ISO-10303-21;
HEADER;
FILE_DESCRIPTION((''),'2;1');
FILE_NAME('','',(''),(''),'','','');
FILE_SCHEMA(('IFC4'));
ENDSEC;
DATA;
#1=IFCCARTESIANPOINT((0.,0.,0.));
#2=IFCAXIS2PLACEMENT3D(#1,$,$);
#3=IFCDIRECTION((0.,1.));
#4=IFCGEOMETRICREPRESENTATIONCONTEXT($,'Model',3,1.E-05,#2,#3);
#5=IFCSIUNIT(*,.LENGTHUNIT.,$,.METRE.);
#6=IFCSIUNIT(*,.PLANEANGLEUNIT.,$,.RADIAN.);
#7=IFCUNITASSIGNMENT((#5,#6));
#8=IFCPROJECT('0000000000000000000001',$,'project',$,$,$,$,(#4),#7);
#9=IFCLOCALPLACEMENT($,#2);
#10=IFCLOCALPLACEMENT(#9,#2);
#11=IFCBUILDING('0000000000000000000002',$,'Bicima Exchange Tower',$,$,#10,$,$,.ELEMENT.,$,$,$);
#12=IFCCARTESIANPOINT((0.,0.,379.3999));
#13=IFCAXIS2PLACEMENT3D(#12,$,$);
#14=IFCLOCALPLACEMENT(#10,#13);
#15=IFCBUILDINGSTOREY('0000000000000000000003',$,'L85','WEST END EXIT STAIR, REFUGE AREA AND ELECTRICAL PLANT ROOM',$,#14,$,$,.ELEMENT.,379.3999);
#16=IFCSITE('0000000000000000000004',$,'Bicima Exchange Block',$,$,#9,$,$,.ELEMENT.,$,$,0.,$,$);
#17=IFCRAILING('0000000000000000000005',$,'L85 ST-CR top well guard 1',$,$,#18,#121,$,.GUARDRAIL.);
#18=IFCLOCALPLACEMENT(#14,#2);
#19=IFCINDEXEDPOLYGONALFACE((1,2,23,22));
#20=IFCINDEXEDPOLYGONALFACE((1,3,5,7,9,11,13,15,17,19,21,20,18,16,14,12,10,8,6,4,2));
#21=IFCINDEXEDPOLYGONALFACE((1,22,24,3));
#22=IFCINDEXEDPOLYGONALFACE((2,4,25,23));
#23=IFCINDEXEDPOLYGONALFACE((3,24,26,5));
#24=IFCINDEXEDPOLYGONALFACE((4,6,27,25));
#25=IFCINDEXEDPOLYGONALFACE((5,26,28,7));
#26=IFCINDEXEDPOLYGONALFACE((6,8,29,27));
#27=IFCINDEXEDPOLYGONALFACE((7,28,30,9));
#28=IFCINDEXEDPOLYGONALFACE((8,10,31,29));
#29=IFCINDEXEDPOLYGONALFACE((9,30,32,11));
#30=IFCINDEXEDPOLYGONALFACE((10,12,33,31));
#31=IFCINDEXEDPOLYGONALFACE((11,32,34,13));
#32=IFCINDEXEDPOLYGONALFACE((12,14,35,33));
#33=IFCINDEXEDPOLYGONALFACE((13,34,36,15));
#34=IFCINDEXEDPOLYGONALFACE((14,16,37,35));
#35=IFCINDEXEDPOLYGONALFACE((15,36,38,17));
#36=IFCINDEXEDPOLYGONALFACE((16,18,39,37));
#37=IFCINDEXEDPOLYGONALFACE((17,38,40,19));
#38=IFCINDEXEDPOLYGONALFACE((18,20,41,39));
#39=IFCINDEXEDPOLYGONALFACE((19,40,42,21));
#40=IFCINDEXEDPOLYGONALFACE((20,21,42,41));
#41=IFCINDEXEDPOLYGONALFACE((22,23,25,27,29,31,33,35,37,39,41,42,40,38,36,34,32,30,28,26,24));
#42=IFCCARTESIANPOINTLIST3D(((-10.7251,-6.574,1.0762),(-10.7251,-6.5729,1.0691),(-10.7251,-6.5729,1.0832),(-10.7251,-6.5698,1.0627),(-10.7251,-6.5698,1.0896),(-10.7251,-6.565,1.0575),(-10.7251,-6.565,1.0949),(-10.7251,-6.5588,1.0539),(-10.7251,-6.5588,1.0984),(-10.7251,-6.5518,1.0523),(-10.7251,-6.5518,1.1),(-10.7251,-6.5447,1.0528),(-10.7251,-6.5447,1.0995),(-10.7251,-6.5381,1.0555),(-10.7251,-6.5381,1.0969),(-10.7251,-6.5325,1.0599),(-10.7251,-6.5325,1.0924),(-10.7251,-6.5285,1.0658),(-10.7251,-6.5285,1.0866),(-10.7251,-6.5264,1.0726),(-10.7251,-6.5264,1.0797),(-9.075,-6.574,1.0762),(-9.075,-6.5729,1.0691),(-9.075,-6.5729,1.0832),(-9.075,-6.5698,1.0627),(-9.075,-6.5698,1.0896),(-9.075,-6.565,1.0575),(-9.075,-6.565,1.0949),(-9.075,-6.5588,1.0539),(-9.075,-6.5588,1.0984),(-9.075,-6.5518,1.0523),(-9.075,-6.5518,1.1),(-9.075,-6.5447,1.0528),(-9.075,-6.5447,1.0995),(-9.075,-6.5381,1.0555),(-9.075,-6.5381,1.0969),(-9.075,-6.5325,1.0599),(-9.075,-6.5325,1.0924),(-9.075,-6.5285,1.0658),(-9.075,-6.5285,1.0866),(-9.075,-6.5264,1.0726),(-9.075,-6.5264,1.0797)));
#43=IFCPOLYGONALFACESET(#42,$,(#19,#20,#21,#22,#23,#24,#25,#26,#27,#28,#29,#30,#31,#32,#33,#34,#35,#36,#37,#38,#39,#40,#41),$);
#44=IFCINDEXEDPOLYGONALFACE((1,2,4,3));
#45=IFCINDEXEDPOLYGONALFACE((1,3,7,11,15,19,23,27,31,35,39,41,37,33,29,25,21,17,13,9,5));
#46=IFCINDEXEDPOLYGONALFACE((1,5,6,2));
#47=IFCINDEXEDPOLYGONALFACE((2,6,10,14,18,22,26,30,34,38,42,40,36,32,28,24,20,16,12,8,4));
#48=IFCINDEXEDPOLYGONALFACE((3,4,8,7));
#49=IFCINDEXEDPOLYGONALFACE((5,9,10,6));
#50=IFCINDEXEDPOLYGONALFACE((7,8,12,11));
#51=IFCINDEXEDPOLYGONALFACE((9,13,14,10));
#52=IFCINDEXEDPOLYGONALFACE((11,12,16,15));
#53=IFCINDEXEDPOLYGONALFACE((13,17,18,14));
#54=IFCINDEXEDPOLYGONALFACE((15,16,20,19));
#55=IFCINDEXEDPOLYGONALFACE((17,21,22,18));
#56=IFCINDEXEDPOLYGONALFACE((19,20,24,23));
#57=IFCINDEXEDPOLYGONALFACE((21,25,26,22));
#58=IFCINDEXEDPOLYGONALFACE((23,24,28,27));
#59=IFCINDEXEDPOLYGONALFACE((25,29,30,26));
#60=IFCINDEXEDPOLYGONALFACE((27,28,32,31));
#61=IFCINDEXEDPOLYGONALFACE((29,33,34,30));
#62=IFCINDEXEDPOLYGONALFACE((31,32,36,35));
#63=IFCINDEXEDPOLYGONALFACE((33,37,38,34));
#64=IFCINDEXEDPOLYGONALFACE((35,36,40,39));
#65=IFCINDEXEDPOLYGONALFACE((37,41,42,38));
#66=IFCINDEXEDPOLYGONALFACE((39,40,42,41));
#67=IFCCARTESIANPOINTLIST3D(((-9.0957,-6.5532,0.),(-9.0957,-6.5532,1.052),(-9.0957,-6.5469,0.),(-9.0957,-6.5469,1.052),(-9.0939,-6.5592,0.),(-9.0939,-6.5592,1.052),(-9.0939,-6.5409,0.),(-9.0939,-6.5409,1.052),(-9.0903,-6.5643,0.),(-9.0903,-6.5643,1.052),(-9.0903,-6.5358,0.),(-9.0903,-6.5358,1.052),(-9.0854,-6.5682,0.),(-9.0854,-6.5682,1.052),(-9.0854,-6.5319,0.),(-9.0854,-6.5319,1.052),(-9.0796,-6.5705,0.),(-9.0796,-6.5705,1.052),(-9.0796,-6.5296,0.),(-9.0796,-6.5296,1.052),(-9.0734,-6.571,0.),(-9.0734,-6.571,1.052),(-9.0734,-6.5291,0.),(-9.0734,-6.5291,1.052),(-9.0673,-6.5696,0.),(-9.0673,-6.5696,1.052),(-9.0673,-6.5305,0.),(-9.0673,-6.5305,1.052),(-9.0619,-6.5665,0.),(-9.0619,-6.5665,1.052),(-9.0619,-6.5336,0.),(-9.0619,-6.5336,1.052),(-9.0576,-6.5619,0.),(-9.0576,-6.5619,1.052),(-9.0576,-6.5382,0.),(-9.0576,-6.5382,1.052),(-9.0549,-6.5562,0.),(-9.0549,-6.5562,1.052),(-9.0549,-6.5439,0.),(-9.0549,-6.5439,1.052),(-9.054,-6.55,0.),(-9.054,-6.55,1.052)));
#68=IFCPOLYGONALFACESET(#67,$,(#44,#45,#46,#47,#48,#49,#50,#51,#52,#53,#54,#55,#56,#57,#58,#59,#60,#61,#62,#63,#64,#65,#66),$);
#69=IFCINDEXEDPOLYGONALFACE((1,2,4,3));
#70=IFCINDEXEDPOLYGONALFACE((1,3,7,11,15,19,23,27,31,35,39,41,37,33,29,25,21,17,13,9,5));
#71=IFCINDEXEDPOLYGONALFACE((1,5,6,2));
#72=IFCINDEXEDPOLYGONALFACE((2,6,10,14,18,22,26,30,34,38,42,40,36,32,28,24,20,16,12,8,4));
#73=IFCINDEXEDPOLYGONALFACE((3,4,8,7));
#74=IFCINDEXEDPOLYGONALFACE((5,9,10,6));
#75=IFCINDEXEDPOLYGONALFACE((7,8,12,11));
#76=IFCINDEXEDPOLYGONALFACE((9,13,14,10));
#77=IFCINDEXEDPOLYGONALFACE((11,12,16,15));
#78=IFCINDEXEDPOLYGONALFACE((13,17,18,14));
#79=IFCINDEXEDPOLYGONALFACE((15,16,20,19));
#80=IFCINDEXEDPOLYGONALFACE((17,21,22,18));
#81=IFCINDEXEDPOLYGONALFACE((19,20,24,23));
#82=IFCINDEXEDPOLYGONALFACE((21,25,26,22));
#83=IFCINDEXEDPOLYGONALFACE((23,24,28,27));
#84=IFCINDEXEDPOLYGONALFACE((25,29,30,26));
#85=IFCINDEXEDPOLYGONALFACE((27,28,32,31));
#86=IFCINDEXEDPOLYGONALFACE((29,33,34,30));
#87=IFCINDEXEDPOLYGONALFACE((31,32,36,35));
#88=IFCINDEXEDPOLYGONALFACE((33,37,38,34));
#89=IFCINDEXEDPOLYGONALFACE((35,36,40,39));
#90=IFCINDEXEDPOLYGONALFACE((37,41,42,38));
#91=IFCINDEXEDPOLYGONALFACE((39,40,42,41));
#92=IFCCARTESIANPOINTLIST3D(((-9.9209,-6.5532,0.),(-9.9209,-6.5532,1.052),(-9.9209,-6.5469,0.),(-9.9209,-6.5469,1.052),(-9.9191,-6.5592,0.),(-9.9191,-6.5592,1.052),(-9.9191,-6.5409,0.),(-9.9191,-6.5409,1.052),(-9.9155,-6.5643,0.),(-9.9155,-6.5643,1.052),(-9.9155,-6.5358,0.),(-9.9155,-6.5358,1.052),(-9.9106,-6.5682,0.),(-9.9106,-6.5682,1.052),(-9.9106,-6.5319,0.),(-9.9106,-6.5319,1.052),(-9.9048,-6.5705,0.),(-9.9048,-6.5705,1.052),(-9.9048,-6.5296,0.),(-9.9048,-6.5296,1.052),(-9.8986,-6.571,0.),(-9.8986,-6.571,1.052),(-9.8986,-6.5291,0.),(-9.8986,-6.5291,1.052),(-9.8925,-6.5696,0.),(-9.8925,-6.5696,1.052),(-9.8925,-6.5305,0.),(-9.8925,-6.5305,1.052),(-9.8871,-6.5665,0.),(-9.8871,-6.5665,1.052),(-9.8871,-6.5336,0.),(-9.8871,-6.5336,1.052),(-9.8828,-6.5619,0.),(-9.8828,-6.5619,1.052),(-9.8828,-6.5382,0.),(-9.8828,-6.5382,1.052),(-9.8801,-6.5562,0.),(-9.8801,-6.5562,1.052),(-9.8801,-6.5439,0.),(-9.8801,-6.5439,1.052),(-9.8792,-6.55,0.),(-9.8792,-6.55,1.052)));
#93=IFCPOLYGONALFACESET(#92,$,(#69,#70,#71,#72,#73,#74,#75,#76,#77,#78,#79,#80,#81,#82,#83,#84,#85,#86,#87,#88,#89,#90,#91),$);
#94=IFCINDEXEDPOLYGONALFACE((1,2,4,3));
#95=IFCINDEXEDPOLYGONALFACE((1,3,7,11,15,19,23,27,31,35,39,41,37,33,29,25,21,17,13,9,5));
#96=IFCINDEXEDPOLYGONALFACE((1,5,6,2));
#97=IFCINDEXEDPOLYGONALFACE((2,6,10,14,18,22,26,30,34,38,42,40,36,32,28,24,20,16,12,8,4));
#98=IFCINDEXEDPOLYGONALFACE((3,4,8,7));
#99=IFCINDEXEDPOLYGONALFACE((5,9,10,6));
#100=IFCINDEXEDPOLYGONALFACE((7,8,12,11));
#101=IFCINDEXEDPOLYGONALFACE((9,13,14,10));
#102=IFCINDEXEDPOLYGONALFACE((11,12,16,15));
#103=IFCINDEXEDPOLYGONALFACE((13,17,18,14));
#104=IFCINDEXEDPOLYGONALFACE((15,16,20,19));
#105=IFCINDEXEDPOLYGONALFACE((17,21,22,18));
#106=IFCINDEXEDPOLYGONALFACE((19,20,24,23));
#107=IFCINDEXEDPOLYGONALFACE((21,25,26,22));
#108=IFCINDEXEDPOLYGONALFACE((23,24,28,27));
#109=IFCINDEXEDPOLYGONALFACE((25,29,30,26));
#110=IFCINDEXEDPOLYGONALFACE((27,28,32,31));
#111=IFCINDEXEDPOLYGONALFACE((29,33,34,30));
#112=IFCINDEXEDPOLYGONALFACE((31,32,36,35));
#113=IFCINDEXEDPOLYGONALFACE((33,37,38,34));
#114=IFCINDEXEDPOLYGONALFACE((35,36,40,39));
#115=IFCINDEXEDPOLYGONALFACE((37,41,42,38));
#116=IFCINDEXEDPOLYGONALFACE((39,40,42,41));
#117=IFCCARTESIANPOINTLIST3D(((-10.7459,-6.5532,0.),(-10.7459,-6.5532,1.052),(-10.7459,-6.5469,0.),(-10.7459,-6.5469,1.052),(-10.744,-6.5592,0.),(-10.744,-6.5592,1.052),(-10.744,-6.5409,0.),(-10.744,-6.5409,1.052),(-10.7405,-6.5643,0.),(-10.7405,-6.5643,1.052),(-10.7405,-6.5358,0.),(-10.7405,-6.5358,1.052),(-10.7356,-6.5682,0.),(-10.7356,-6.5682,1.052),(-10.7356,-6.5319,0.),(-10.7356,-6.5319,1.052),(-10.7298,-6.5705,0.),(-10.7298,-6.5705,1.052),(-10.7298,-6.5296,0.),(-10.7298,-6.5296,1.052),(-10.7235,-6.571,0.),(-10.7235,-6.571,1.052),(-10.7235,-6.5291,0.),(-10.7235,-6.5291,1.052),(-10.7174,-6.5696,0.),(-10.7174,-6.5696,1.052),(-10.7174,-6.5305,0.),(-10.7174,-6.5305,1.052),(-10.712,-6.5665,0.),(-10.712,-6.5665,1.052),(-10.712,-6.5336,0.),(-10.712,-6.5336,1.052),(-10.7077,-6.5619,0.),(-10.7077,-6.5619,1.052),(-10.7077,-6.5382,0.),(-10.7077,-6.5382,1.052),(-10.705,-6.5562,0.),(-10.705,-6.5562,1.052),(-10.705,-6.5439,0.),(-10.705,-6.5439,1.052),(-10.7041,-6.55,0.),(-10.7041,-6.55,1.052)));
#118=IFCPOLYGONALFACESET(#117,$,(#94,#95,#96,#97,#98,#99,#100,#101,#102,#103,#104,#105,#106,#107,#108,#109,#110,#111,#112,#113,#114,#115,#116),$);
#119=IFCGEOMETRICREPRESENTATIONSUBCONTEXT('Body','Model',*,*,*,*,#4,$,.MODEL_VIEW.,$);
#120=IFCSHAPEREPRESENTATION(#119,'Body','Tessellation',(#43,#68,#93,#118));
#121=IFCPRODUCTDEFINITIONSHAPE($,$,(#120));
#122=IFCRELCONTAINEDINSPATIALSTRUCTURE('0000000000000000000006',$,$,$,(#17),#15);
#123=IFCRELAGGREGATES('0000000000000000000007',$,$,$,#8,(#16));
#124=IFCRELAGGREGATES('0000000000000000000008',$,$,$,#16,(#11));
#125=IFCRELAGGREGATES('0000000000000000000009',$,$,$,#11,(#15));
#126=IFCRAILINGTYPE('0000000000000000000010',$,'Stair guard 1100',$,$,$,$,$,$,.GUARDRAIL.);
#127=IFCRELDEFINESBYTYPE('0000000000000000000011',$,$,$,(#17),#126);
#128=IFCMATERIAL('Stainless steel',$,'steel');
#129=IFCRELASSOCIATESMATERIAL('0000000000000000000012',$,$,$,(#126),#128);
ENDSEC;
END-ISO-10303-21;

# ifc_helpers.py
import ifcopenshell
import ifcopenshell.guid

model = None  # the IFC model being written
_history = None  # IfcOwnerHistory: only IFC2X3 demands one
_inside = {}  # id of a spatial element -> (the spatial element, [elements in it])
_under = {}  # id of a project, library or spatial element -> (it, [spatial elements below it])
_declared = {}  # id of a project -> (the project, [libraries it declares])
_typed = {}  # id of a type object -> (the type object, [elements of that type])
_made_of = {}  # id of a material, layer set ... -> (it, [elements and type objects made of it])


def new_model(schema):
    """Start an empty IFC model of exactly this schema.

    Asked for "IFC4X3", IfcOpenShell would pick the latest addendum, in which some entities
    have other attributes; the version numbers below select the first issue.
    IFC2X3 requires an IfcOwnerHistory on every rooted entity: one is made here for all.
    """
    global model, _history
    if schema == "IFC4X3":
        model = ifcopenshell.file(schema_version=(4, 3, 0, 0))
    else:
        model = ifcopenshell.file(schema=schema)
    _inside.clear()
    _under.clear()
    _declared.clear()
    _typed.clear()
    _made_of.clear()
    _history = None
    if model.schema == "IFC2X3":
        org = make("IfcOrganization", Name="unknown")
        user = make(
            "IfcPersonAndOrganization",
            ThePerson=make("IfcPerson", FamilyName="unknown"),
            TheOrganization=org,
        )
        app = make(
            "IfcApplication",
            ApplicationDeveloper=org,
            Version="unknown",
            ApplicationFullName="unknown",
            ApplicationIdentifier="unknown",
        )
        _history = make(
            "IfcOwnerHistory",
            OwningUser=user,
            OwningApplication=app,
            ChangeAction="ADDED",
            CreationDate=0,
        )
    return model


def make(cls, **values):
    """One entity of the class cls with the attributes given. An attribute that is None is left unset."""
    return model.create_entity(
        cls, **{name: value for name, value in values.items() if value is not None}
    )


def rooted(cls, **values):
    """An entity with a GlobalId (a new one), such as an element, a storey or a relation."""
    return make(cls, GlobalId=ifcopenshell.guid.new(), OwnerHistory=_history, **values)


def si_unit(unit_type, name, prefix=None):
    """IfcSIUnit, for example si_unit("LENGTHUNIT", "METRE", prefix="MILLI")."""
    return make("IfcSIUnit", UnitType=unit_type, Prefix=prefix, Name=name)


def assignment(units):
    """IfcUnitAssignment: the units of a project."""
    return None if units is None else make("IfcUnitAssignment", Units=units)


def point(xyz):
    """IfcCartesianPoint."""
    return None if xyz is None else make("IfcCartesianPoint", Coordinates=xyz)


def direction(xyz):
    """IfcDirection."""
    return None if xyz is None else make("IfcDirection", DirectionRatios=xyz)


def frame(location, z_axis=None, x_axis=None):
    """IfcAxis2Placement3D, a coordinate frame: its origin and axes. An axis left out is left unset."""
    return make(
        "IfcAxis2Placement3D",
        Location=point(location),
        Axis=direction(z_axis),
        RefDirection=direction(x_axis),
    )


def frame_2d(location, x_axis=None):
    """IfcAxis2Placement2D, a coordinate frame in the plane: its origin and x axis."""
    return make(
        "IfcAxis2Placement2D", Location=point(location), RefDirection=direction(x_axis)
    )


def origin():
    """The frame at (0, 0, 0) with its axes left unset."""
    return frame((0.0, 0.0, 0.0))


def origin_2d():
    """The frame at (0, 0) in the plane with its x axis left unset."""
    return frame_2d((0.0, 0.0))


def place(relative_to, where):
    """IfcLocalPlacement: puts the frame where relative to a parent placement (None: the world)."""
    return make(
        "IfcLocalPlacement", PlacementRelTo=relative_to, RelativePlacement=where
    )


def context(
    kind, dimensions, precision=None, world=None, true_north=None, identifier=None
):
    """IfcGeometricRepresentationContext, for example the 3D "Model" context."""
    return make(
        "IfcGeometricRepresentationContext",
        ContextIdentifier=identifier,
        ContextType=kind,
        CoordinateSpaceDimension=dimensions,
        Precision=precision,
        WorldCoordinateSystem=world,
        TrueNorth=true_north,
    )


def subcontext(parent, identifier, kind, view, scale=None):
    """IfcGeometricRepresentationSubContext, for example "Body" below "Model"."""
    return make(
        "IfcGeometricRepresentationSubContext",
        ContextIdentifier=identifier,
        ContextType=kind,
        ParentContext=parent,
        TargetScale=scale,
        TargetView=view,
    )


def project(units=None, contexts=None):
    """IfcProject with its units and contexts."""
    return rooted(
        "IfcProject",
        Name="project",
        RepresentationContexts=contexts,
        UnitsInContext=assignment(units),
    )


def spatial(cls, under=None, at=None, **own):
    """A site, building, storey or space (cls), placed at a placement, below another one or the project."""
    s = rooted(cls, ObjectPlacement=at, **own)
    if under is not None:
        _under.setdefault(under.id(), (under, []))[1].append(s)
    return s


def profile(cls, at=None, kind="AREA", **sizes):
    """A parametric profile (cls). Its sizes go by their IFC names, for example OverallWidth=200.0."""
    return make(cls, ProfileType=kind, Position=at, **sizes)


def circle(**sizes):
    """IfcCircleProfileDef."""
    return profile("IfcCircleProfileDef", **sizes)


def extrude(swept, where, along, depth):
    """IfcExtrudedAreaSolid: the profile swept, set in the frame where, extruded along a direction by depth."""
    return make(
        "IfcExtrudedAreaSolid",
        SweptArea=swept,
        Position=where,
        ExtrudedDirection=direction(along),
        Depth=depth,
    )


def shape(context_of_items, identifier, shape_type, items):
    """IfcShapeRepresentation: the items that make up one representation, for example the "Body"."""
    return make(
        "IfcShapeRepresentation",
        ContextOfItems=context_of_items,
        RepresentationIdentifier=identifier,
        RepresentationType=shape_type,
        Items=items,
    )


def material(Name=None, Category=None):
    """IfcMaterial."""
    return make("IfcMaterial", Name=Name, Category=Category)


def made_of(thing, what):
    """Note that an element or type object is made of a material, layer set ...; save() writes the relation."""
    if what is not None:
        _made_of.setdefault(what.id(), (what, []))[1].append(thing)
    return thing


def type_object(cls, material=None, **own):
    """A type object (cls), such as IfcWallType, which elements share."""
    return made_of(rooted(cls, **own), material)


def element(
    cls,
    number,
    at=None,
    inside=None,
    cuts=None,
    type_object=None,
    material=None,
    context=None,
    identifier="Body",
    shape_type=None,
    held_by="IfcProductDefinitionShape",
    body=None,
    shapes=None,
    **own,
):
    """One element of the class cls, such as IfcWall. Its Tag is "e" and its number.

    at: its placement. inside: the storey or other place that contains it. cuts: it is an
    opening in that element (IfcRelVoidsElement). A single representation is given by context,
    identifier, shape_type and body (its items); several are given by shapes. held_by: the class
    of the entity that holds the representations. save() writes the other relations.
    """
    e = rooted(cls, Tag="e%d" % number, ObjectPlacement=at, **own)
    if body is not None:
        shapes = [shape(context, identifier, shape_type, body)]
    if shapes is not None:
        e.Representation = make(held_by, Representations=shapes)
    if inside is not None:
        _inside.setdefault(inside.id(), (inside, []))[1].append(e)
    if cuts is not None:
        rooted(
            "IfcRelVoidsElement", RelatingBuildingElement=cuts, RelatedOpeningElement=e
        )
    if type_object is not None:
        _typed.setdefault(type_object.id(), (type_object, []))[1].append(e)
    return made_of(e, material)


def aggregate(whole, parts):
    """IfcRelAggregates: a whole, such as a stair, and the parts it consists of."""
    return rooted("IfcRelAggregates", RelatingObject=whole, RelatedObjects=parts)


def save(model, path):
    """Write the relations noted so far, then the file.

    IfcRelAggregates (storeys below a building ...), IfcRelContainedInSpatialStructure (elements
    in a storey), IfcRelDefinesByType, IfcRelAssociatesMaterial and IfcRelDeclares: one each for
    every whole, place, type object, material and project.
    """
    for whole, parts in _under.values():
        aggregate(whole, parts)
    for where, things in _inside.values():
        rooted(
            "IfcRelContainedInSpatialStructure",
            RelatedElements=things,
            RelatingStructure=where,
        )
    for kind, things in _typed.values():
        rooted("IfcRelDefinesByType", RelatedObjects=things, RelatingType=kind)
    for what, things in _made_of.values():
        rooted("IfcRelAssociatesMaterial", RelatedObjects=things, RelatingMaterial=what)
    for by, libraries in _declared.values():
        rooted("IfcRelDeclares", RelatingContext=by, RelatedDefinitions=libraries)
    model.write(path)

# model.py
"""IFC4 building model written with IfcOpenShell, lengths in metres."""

from ifc_helpers import new_model, si_unit, direction, frame, origin, origin_2d, place, context, subcontext, project, spatial, circle, extrude, material, type_object, element, save


model = new_model("IFC4")

# Units and contexts
model_context = context("Model", 3, precision=1e-05, world=origin(), true_north=direction((0.0, 1.0)))
body_context = subcontext(model_context, "Body", "Model", "MODEL_VIEW")
ifc_project = project(units=[si_unit("LENGTHUNIT", "METRE"), si_unit("PLANEANGLEUNIT", "RADIAN")], contexts=[model_context])

# Site, building, storey
site_placement = place(None, origin())
site = spatial("IfcSite", under=ifc_project, at=site_placement, Name="Bicima Exchange Block", CompositionType="ELEMENT", RefElevation=0.0)
building_placement = place(site_placement, origin())
building = spatial("IfcBuilding", under=site, at=building_placement, Name="Bicima Exchange Tower", CompositionType="ELEMENT")
storey_placement = place(building_placement, frame((0.0, 0.0, 379.3999)))
storey = spatial("IfcBuildingStorey", under=building, at=storey_placement, Name="L85", Description="WEST END EXIT STAIR, REFUGE AREA AND ELECTRICAL PLANT ROOM", CompositionType="ELEMENT", Elevation=379.3999)

# Railing
ifc_material_1 = material(Name="Stainless steel", Category="steel")
railing_type = type_object("IfcRailingType", Name="Stair guard 1100", PredefinedType="GUARDRAIL", material=ifc_material_1)
railing_placement = place(storey_placement, frame((-9.075, -6.55, 0.0)))
element("IfcRailing", 1, at=railing_placement, inside=storey, type_object=railing_type, Name="L85 ST-CR top well guard 1", PredefinedType="GUARDRAIL", context=body_context, shape_type="SweptSolid", body=[
    extrude(circle(Radius=0.0239, at=origin_2d()), frame((0.0, 0.0, 1.0762), z_axis=(-1.0, 0.0, 0.0), x_axis=(0.0, -1.0, 0.0)), (0.0, 0.0, 1.0), 1.6501),
    extrude(circle(Radius=0.021, at=origin_2d()), origin(), (0.0, 0.0, 1.0), 1.052),
    extrude(circle(Radius=0.021, at=origin_2d()), frame((-0.8252, 0.0, 0.0)), (0.0, 0.0, 1.0), 1.052),
    extrude(circle(Radius=0.021, at=origin_2d()), frame((-1.6501, 0.0, 0.0)), (0.0, 0.0, 1.0), 1.052),
])

save(model, "model.ifc")
